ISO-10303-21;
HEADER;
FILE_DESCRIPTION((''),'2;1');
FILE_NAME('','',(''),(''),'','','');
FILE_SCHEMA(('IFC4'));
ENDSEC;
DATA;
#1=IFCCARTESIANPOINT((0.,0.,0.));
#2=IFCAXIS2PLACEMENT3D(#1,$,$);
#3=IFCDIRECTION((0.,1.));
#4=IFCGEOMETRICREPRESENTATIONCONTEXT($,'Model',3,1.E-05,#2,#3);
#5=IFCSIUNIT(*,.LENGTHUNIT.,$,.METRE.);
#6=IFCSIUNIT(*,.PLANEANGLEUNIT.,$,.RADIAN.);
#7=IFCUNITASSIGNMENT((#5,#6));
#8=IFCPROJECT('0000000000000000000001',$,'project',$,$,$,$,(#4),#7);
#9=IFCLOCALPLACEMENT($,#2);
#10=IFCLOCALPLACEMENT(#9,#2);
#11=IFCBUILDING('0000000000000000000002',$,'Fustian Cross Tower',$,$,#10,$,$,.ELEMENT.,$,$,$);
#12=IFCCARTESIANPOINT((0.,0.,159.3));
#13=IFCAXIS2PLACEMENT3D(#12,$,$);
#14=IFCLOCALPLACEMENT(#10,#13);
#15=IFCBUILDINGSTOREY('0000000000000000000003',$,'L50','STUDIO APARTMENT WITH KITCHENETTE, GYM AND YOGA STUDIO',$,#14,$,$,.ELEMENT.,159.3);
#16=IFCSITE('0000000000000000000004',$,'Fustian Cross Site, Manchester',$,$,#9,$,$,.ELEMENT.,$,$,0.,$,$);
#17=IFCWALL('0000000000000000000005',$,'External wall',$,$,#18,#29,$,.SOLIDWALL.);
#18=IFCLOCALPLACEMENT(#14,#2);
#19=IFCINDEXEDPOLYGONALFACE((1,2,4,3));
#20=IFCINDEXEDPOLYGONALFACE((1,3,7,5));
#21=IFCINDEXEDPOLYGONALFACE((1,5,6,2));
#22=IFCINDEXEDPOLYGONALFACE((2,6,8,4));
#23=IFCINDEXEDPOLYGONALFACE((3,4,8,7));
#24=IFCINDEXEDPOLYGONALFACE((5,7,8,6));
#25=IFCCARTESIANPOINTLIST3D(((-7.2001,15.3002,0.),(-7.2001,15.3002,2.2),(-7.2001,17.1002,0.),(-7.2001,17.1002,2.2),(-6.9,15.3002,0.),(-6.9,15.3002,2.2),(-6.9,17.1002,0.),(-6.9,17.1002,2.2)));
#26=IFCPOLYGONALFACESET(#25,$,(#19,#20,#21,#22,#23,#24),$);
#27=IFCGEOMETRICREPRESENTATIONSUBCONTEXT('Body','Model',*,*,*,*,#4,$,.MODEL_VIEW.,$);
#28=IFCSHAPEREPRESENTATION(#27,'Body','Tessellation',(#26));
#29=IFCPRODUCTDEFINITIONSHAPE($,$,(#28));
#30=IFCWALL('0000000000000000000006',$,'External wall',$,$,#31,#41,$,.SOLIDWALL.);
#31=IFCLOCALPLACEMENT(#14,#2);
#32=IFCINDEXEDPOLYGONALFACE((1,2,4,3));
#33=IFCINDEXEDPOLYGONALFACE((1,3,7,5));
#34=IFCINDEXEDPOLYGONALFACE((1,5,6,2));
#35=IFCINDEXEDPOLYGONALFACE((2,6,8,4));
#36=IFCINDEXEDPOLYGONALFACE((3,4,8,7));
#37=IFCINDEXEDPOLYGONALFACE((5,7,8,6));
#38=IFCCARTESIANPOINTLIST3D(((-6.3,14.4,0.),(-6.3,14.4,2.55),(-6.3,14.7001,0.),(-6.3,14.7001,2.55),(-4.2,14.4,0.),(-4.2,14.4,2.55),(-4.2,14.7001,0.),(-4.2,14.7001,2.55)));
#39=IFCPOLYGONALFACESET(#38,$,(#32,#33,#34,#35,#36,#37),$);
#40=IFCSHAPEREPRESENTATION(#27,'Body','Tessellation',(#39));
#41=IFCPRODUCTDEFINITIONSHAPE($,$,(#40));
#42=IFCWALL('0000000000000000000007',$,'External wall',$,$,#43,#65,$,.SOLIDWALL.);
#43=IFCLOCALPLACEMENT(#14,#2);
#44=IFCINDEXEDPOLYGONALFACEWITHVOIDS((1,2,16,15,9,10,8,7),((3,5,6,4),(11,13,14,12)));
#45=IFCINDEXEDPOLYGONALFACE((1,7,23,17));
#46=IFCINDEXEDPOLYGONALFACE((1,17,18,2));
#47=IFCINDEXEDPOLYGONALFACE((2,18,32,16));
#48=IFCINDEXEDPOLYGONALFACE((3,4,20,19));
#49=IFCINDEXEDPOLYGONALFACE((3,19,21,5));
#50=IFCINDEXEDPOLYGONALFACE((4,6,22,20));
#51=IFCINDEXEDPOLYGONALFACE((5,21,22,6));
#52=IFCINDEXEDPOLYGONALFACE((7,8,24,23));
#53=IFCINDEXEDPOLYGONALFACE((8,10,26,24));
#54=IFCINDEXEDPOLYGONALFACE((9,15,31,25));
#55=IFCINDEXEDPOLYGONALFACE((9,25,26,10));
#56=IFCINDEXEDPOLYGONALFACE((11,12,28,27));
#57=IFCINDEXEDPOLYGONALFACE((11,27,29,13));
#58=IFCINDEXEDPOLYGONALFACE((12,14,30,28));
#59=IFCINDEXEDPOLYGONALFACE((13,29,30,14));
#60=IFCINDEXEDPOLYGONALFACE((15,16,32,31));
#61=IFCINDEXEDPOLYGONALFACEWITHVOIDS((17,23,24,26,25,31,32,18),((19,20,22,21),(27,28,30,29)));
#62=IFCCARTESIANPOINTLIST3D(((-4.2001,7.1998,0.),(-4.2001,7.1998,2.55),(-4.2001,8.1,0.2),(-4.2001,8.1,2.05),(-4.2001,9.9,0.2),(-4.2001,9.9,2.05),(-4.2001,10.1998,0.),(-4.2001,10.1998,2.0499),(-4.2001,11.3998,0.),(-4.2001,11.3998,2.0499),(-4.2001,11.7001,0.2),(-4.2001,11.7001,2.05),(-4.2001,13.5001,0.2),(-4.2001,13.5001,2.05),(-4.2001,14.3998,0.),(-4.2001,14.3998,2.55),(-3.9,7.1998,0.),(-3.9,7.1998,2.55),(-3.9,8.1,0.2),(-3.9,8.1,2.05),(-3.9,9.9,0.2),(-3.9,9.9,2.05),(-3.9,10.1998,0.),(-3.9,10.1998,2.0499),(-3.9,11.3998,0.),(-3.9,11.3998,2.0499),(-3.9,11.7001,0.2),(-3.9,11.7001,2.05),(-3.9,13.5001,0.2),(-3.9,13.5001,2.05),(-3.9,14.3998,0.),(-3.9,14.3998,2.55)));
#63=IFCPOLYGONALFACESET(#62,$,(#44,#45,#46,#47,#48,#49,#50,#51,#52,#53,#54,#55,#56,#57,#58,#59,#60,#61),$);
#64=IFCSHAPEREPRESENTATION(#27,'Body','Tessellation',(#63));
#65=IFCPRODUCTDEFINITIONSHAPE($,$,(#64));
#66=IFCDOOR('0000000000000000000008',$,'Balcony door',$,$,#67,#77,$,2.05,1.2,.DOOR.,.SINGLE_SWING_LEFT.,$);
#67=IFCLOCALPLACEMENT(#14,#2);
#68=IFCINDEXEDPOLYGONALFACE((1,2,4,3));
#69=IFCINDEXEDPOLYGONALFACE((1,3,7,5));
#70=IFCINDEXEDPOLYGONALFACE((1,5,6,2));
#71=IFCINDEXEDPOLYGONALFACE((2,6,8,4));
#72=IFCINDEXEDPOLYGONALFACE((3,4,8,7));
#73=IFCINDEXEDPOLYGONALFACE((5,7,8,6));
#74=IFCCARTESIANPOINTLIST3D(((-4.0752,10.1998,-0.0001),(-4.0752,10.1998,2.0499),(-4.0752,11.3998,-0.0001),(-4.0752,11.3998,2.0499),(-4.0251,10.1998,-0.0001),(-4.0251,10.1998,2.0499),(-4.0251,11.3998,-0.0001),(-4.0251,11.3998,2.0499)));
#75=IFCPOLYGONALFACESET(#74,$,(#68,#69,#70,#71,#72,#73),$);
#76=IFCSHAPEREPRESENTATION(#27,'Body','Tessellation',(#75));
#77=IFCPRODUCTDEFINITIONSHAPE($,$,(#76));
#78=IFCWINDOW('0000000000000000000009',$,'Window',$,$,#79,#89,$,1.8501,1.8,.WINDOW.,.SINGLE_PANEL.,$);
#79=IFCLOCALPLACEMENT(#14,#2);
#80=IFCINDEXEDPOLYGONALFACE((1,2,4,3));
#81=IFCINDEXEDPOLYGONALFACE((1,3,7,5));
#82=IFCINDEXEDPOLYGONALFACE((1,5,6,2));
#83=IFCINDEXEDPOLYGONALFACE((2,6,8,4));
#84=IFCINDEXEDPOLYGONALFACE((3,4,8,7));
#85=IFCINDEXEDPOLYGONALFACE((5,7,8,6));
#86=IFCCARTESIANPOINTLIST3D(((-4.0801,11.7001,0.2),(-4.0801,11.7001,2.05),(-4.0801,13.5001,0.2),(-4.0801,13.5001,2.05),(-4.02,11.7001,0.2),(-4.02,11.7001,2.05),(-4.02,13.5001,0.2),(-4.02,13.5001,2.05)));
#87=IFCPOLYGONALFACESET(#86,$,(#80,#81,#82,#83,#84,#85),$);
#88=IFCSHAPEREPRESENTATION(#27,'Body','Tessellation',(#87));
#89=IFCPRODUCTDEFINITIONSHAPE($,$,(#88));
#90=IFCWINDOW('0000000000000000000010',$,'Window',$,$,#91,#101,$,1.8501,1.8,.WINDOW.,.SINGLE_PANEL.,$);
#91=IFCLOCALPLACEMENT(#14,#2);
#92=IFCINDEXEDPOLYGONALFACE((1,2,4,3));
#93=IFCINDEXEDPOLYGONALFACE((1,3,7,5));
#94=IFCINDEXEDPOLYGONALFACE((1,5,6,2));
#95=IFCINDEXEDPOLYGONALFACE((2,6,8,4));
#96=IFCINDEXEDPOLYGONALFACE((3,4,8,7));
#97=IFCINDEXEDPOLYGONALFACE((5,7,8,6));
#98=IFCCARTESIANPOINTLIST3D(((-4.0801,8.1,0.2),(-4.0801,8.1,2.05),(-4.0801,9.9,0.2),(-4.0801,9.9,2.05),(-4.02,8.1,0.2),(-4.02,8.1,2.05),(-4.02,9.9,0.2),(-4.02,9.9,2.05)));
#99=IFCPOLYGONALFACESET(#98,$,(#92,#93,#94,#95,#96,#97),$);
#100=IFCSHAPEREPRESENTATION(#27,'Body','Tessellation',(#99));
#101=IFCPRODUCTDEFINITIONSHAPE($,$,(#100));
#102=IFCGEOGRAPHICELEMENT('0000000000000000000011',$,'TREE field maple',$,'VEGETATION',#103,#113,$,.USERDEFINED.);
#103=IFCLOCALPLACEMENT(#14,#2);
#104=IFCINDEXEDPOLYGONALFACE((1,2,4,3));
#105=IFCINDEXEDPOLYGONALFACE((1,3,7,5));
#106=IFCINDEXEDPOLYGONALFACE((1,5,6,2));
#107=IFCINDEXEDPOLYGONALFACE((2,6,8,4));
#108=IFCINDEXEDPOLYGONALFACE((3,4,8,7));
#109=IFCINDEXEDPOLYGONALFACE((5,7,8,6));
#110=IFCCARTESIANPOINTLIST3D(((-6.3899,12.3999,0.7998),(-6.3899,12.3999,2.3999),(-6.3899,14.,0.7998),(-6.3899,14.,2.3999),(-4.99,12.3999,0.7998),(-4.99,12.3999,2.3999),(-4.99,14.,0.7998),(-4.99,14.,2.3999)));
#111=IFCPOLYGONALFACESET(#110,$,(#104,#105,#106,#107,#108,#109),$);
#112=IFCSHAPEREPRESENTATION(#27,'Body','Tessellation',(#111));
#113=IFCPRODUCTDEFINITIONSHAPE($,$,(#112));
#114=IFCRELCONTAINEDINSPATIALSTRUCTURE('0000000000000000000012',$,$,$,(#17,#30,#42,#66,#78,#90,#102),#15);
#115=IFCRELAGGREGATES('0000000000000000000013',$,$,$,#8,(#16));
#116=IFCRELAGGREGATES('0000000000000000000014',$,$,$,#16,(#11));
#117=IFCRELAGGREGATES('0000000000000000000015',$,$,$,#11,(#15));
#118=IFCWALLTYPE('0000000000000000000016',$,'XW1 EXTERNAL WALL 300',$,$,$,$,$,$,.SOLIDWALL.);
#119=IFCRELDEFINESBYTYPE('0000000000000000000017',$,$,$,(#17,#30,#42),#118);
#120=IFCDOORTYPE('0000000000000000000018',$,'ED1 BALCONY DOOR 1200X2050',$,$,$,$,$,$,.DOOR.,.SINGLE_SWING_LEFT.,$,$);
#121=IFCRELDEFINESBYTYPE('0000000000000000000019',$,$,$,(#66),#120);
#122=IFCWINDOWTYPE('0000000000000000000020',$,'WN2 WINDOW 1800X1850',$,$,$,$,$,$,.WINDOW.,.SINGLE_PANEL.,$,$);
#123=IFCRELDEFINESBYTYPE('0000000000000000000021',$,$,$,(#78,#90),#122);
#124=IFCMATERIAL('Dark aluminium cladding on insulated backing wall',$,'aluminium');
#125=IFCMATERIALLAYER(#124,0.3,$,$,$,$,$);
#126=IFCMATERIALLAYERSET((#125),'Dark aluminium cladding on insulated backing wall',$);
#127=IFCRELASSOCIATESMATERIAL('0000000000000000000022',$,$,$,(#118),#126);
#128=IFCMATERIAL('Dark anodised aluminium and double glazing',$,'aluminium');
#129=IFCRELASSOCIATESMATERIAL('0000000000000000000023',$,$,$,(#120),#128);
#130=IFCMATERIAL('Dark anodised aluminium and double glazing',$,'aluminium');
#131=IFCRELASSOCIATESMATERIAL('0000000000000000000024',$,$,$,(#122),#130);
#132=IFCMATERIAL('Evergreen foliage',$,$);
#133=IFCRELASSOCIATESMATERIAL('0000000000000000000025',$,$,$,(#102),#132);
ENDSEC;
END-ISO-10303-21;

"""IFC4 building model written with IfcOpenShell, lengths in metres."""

from ifc_helpers import new_model, si_unit, direction, frame, frame_2d, origin, origin_2d, place, context, subcontext, project, spatial, rectangle, extrude, material, layer, layer_set, type_object, element, fill, save


model = new_model("IFC4")

# Units and contexts
model_context = context("Model", 3, precision=1e-05, world=origin(), true_north=direction((0.0, 1.0)))
body_context = subcontext(model_context, "Body", "Model", "MODEL_VIEW")
ifc_project = project(units=[si_unit("LENGTHUNIT", "METRE"), si_unit("PLANEANGLEUNIT", "RADIAN")], contexts=[model_context])

# Site, building, storey
site_placement = place(None, origin())
site = spatial("IfcSite", under=ifc_project, at=site_placement, Name="Fustian Cross Site, Manchester", CompositionType="ELEMENT", RefElevation=0.0)
building_placement = place(site_placement, origin())
building = spatial("IfcBuilding", under=site, at=building_placement, Name="Fustian Cross Tower", CompositionType="ELEMENT")
storey_placement = place(building_placement, frame((0.0, 0.0, 159.3)))
storey = spatial("IfcBuildingStorey", under=building, at=storey_placement, Name="L50", Description="STUDIO APARTMENT WITH KITCHENETTE, GYM AND YOGA STUDIO", CompositionType="ELEMENT", Elevation=159.3)

# Walls
ifc_material_1 = material(Name="Dark aluminium cladding on insulated backing wall", Category="aluminium")
ifc_layer_1 = layer(ifc_material_1, 0.3)
ifc_layer_set_1 = layer_set([ifc_layer_1], Name="Dark aluminium cladding on insulated backing wall")
wall_type_1 = type_object("IfcWallType", Name="XW1 EXTERNAL WALL 300", PredefinedType="SOLIDWALL", material=ifc_layer_set_1)
wall_1_placement = place(storey_placement, frame((-7.05, 17.1001, 0.0), z_axis=(0.0, 0.0, 1.0), x_axis=(0.0, -1.0, 0.0)))
element("IfcWall", 1, at=wall_1_placement, inside=storey, type_object=wall_type_1, Name="External wall", PredefinedType="SOLIDWALL", context=body_context, shape_type="SweptSolid", body=[
    extrude(rectangle(XDim=1.8, YDim=0.3, at=frame_2d((0.8999, 0.0))), origin(), (0.0, 0.0, 1.0), 2.2),
])
wall_2_placement = place(storey_placement, frame((-6.3, 14.55, 0.0), z_axis=(0.0, 0.0, 1.0), x_axis=(1.0, 0.0, 0.0)))
element("IfcWall", 2, at=wall_2_placement, inside=storey, type_object=wall_type_1, Name="External wall", PredefinedType="SOLIDWALL", context=body_context, shape_type="SweptSolid", body=[
    extrude(rectangle(XDim=2.1001, YDim=0.3, at=frame_2d((1.05, 0.0))), origin(), (0.0, 0.0, 1.0), 2.55),
])

# Wall, openings, door, windows
wall_3_placement = place(storey_placement, frame((-4.05, 14.3999, 0.0), z_axis=(0.0, 0.0, 1.0), x_axis=(0.0, -1.0, 0.0)))
wall_3 = element("IfcWall", 3, at=wall_3_placement, inside=storey, type_object=wall_type_1, Name="External wall", PredefinedType="SOLIDWALL", context=body_context, shape_type="SweptSolid", body=[
    extrude(rectangle(XDim=7.2, YDim=0.3, at=frame_2d((3.6001, 0.0))), origin(), (0.0, 0.0, 1.0), 2.55),
])
opening_1_placement = place(wall_3_placement, frame((3.0, 0.0, 0.0)))
opening_1 = element("IfcOpeningElement", 4, at=opening_1_placement, cuts=wall_3, PredefinedType="OPENING", context=body_context, shape_type="SweptSolid", body=[
    extrude(rectangle(XDim=1.2, YDim=2.05, at=frame_2d((0.6001, 1.0249))), frame((0.0, 0.1599, 0.0), z_axis=(0.0, -1.0, 0.0), x_axis=(1.0, 0.0, 0.0)), (0.0, 0.0, 1.0), 0.3201),
])
opening_2_placement = place(wall_3_placement, frame((0.8999, 0.0, 0.2)))
opening_2 = element("IfcOpeningElement", 5, at=opening_2_placement, cuts=wall_3, PredefinedType="OPENING", context=body_context, shape_type="SweptSolid", body=[
    extrude(rectangle(XDim=1.8, YDim=1.8501, at=frame_2d((0.8999, 0.925))), frame((0.0, 0.1599, 0.0), z_axis=(0.0, -1.0, 0.0), x_axis=(1.0, 0.0, 0.0)), (0.0, 0.0, 1.0), 0.3201),
])
opening_3_placement = place(wall_3_placement, frame((4.5, 0.0, 0.2)))
opening_3 = element("IfcOpeningElement", 6, at=opening_3_placement, cuts=wall_3, PredefinedType="OPENING", context=body_context, shape_type="SweptSolid", body=[
    extrude(rectangle(XDim=1.8, YDim=1.8501, at=frame_2d((0.8999, 0.925))), frame((0.0, 0.1599, 0.0), z_axis=(0.0, -1.0, 0.0), x_axis=(1.0, 0.0, 0.0)), (0.0, 0.0, 1.0), 0.3201),
])
ifc_material_2 = material(Name="Dark anodised aluminium and double glazing", Category="aluminium")
door_type = type_object("IfcDoorType", Name="ED1 BALCONY DOOR 1200X2050", OperationType="SINGLE_SWING_LEFT", PredefinedType="DOOR", material=ifc_material_2)
door_placement = place(opening_1_placement, origin())
door = element("IfcDoor", 7, at=door_placement, inside=storey, type_object=door_type, Name="Balcony door", OperationType="SINGLE_SWING_LEFT", OverallHeight=2.05, OverallWidth=1.2, PredefinedType="DOOR", context=body_context, shape_type="SweptSolid", body=[
    extrude(rectangle(XDim=1.2, YDim=2.05, at=frame_2d((0.6001, 1.0249))), frame((0.0, 0.0249, 0.0), z_axis=(0.0, -1.0, 0.0), x_axis=(1.0, 0.0, 0.0)), (0.0, 0.0, 1.0), 0.05),
])
fill(opening_1, door)
ifc_material_3 = material(Name="Dark anodised aluminium and double glazing", Category="aluminium")
window_type = type_object("IfcWindowType", Name="WN2 WINDOW 1800X1850", PartitioningType="SINGLE_PANEL", PredefinedType="WINDOW", material=ifc_material_3)
window_1_placement = place(opening_2_placement, origin())
window_1 = element("IfcWindow", 8, at=window_1_placement, inside=storey, type_object=window_type, Name="Window", OverallHeight=1.8501, OverallWidth=1.8, PartitioningType="SINGLE_PANEL", PredefinedType="WINDOW", context=body_context, shape_type="SweptSolid", body=[
    extrude(rectangle(XDim=1.8, YDim=1.8501, at=frame_2d((0.8999, 0.925))), frame((0.0, 0.03, 0.0), z_axis=(0.0, -1.0, 0.0), x_axis=(1.0, 0.0, 0.0)), (0.0, 0.0, 1.0), 0.0601),
])
fill(opening_2, window_1)
window_2_placement = place(opening_3_placement, origin())
window_2 = element("IfcWindow", 9, at=window_2_placement, inside=storey, type_object=window_type, Name="Window", OverallHeight=1.8501, OverallWidth=1.8, PartitioningType="SINGLE_PANEL", PredefinedType="WINDOW", context=body_context, shape_type="SweptSolid", body=[
    extrude(rectangle(XDim=1.8, YDim=1.8501, at=frame_2d((0.8999, 0.925))), frame((0.0, 0.03, 0.0), z_axis=(0.0, -1.0, 0.0), x_axis=(1.0, 0.0, 0.0)), (0.0, 0.0, 1.0), 0.0601),
])
fill(opening_3, window_2)

# Geographic element
ifc_material_4 = material(Name="Evergreen foliage")
geographic_element_placement = place(storey_placement, frame((-5.6899, 13.2, 0.7998), z_axis=(0.0, 0.0, 1.0), x_axis=(1.0, 0.0, 0.0)))
element("IfcGeographicElement", 10, at=geographic_element_placement, inside=storey, material=ifc_material_4, Name="TREE field maple", ObjectType="VEGETATION", PredefinedType="USERDEFINED", context=body_context, shape_type="SweptSolid", body=[
    extrude(rectangle(XDim=1.3999, YDim=1.6001, at=origin_2d()), origin(), (0.0, 0.0, 1.0), 1.6001),
])

save(model, "model.ifc")
